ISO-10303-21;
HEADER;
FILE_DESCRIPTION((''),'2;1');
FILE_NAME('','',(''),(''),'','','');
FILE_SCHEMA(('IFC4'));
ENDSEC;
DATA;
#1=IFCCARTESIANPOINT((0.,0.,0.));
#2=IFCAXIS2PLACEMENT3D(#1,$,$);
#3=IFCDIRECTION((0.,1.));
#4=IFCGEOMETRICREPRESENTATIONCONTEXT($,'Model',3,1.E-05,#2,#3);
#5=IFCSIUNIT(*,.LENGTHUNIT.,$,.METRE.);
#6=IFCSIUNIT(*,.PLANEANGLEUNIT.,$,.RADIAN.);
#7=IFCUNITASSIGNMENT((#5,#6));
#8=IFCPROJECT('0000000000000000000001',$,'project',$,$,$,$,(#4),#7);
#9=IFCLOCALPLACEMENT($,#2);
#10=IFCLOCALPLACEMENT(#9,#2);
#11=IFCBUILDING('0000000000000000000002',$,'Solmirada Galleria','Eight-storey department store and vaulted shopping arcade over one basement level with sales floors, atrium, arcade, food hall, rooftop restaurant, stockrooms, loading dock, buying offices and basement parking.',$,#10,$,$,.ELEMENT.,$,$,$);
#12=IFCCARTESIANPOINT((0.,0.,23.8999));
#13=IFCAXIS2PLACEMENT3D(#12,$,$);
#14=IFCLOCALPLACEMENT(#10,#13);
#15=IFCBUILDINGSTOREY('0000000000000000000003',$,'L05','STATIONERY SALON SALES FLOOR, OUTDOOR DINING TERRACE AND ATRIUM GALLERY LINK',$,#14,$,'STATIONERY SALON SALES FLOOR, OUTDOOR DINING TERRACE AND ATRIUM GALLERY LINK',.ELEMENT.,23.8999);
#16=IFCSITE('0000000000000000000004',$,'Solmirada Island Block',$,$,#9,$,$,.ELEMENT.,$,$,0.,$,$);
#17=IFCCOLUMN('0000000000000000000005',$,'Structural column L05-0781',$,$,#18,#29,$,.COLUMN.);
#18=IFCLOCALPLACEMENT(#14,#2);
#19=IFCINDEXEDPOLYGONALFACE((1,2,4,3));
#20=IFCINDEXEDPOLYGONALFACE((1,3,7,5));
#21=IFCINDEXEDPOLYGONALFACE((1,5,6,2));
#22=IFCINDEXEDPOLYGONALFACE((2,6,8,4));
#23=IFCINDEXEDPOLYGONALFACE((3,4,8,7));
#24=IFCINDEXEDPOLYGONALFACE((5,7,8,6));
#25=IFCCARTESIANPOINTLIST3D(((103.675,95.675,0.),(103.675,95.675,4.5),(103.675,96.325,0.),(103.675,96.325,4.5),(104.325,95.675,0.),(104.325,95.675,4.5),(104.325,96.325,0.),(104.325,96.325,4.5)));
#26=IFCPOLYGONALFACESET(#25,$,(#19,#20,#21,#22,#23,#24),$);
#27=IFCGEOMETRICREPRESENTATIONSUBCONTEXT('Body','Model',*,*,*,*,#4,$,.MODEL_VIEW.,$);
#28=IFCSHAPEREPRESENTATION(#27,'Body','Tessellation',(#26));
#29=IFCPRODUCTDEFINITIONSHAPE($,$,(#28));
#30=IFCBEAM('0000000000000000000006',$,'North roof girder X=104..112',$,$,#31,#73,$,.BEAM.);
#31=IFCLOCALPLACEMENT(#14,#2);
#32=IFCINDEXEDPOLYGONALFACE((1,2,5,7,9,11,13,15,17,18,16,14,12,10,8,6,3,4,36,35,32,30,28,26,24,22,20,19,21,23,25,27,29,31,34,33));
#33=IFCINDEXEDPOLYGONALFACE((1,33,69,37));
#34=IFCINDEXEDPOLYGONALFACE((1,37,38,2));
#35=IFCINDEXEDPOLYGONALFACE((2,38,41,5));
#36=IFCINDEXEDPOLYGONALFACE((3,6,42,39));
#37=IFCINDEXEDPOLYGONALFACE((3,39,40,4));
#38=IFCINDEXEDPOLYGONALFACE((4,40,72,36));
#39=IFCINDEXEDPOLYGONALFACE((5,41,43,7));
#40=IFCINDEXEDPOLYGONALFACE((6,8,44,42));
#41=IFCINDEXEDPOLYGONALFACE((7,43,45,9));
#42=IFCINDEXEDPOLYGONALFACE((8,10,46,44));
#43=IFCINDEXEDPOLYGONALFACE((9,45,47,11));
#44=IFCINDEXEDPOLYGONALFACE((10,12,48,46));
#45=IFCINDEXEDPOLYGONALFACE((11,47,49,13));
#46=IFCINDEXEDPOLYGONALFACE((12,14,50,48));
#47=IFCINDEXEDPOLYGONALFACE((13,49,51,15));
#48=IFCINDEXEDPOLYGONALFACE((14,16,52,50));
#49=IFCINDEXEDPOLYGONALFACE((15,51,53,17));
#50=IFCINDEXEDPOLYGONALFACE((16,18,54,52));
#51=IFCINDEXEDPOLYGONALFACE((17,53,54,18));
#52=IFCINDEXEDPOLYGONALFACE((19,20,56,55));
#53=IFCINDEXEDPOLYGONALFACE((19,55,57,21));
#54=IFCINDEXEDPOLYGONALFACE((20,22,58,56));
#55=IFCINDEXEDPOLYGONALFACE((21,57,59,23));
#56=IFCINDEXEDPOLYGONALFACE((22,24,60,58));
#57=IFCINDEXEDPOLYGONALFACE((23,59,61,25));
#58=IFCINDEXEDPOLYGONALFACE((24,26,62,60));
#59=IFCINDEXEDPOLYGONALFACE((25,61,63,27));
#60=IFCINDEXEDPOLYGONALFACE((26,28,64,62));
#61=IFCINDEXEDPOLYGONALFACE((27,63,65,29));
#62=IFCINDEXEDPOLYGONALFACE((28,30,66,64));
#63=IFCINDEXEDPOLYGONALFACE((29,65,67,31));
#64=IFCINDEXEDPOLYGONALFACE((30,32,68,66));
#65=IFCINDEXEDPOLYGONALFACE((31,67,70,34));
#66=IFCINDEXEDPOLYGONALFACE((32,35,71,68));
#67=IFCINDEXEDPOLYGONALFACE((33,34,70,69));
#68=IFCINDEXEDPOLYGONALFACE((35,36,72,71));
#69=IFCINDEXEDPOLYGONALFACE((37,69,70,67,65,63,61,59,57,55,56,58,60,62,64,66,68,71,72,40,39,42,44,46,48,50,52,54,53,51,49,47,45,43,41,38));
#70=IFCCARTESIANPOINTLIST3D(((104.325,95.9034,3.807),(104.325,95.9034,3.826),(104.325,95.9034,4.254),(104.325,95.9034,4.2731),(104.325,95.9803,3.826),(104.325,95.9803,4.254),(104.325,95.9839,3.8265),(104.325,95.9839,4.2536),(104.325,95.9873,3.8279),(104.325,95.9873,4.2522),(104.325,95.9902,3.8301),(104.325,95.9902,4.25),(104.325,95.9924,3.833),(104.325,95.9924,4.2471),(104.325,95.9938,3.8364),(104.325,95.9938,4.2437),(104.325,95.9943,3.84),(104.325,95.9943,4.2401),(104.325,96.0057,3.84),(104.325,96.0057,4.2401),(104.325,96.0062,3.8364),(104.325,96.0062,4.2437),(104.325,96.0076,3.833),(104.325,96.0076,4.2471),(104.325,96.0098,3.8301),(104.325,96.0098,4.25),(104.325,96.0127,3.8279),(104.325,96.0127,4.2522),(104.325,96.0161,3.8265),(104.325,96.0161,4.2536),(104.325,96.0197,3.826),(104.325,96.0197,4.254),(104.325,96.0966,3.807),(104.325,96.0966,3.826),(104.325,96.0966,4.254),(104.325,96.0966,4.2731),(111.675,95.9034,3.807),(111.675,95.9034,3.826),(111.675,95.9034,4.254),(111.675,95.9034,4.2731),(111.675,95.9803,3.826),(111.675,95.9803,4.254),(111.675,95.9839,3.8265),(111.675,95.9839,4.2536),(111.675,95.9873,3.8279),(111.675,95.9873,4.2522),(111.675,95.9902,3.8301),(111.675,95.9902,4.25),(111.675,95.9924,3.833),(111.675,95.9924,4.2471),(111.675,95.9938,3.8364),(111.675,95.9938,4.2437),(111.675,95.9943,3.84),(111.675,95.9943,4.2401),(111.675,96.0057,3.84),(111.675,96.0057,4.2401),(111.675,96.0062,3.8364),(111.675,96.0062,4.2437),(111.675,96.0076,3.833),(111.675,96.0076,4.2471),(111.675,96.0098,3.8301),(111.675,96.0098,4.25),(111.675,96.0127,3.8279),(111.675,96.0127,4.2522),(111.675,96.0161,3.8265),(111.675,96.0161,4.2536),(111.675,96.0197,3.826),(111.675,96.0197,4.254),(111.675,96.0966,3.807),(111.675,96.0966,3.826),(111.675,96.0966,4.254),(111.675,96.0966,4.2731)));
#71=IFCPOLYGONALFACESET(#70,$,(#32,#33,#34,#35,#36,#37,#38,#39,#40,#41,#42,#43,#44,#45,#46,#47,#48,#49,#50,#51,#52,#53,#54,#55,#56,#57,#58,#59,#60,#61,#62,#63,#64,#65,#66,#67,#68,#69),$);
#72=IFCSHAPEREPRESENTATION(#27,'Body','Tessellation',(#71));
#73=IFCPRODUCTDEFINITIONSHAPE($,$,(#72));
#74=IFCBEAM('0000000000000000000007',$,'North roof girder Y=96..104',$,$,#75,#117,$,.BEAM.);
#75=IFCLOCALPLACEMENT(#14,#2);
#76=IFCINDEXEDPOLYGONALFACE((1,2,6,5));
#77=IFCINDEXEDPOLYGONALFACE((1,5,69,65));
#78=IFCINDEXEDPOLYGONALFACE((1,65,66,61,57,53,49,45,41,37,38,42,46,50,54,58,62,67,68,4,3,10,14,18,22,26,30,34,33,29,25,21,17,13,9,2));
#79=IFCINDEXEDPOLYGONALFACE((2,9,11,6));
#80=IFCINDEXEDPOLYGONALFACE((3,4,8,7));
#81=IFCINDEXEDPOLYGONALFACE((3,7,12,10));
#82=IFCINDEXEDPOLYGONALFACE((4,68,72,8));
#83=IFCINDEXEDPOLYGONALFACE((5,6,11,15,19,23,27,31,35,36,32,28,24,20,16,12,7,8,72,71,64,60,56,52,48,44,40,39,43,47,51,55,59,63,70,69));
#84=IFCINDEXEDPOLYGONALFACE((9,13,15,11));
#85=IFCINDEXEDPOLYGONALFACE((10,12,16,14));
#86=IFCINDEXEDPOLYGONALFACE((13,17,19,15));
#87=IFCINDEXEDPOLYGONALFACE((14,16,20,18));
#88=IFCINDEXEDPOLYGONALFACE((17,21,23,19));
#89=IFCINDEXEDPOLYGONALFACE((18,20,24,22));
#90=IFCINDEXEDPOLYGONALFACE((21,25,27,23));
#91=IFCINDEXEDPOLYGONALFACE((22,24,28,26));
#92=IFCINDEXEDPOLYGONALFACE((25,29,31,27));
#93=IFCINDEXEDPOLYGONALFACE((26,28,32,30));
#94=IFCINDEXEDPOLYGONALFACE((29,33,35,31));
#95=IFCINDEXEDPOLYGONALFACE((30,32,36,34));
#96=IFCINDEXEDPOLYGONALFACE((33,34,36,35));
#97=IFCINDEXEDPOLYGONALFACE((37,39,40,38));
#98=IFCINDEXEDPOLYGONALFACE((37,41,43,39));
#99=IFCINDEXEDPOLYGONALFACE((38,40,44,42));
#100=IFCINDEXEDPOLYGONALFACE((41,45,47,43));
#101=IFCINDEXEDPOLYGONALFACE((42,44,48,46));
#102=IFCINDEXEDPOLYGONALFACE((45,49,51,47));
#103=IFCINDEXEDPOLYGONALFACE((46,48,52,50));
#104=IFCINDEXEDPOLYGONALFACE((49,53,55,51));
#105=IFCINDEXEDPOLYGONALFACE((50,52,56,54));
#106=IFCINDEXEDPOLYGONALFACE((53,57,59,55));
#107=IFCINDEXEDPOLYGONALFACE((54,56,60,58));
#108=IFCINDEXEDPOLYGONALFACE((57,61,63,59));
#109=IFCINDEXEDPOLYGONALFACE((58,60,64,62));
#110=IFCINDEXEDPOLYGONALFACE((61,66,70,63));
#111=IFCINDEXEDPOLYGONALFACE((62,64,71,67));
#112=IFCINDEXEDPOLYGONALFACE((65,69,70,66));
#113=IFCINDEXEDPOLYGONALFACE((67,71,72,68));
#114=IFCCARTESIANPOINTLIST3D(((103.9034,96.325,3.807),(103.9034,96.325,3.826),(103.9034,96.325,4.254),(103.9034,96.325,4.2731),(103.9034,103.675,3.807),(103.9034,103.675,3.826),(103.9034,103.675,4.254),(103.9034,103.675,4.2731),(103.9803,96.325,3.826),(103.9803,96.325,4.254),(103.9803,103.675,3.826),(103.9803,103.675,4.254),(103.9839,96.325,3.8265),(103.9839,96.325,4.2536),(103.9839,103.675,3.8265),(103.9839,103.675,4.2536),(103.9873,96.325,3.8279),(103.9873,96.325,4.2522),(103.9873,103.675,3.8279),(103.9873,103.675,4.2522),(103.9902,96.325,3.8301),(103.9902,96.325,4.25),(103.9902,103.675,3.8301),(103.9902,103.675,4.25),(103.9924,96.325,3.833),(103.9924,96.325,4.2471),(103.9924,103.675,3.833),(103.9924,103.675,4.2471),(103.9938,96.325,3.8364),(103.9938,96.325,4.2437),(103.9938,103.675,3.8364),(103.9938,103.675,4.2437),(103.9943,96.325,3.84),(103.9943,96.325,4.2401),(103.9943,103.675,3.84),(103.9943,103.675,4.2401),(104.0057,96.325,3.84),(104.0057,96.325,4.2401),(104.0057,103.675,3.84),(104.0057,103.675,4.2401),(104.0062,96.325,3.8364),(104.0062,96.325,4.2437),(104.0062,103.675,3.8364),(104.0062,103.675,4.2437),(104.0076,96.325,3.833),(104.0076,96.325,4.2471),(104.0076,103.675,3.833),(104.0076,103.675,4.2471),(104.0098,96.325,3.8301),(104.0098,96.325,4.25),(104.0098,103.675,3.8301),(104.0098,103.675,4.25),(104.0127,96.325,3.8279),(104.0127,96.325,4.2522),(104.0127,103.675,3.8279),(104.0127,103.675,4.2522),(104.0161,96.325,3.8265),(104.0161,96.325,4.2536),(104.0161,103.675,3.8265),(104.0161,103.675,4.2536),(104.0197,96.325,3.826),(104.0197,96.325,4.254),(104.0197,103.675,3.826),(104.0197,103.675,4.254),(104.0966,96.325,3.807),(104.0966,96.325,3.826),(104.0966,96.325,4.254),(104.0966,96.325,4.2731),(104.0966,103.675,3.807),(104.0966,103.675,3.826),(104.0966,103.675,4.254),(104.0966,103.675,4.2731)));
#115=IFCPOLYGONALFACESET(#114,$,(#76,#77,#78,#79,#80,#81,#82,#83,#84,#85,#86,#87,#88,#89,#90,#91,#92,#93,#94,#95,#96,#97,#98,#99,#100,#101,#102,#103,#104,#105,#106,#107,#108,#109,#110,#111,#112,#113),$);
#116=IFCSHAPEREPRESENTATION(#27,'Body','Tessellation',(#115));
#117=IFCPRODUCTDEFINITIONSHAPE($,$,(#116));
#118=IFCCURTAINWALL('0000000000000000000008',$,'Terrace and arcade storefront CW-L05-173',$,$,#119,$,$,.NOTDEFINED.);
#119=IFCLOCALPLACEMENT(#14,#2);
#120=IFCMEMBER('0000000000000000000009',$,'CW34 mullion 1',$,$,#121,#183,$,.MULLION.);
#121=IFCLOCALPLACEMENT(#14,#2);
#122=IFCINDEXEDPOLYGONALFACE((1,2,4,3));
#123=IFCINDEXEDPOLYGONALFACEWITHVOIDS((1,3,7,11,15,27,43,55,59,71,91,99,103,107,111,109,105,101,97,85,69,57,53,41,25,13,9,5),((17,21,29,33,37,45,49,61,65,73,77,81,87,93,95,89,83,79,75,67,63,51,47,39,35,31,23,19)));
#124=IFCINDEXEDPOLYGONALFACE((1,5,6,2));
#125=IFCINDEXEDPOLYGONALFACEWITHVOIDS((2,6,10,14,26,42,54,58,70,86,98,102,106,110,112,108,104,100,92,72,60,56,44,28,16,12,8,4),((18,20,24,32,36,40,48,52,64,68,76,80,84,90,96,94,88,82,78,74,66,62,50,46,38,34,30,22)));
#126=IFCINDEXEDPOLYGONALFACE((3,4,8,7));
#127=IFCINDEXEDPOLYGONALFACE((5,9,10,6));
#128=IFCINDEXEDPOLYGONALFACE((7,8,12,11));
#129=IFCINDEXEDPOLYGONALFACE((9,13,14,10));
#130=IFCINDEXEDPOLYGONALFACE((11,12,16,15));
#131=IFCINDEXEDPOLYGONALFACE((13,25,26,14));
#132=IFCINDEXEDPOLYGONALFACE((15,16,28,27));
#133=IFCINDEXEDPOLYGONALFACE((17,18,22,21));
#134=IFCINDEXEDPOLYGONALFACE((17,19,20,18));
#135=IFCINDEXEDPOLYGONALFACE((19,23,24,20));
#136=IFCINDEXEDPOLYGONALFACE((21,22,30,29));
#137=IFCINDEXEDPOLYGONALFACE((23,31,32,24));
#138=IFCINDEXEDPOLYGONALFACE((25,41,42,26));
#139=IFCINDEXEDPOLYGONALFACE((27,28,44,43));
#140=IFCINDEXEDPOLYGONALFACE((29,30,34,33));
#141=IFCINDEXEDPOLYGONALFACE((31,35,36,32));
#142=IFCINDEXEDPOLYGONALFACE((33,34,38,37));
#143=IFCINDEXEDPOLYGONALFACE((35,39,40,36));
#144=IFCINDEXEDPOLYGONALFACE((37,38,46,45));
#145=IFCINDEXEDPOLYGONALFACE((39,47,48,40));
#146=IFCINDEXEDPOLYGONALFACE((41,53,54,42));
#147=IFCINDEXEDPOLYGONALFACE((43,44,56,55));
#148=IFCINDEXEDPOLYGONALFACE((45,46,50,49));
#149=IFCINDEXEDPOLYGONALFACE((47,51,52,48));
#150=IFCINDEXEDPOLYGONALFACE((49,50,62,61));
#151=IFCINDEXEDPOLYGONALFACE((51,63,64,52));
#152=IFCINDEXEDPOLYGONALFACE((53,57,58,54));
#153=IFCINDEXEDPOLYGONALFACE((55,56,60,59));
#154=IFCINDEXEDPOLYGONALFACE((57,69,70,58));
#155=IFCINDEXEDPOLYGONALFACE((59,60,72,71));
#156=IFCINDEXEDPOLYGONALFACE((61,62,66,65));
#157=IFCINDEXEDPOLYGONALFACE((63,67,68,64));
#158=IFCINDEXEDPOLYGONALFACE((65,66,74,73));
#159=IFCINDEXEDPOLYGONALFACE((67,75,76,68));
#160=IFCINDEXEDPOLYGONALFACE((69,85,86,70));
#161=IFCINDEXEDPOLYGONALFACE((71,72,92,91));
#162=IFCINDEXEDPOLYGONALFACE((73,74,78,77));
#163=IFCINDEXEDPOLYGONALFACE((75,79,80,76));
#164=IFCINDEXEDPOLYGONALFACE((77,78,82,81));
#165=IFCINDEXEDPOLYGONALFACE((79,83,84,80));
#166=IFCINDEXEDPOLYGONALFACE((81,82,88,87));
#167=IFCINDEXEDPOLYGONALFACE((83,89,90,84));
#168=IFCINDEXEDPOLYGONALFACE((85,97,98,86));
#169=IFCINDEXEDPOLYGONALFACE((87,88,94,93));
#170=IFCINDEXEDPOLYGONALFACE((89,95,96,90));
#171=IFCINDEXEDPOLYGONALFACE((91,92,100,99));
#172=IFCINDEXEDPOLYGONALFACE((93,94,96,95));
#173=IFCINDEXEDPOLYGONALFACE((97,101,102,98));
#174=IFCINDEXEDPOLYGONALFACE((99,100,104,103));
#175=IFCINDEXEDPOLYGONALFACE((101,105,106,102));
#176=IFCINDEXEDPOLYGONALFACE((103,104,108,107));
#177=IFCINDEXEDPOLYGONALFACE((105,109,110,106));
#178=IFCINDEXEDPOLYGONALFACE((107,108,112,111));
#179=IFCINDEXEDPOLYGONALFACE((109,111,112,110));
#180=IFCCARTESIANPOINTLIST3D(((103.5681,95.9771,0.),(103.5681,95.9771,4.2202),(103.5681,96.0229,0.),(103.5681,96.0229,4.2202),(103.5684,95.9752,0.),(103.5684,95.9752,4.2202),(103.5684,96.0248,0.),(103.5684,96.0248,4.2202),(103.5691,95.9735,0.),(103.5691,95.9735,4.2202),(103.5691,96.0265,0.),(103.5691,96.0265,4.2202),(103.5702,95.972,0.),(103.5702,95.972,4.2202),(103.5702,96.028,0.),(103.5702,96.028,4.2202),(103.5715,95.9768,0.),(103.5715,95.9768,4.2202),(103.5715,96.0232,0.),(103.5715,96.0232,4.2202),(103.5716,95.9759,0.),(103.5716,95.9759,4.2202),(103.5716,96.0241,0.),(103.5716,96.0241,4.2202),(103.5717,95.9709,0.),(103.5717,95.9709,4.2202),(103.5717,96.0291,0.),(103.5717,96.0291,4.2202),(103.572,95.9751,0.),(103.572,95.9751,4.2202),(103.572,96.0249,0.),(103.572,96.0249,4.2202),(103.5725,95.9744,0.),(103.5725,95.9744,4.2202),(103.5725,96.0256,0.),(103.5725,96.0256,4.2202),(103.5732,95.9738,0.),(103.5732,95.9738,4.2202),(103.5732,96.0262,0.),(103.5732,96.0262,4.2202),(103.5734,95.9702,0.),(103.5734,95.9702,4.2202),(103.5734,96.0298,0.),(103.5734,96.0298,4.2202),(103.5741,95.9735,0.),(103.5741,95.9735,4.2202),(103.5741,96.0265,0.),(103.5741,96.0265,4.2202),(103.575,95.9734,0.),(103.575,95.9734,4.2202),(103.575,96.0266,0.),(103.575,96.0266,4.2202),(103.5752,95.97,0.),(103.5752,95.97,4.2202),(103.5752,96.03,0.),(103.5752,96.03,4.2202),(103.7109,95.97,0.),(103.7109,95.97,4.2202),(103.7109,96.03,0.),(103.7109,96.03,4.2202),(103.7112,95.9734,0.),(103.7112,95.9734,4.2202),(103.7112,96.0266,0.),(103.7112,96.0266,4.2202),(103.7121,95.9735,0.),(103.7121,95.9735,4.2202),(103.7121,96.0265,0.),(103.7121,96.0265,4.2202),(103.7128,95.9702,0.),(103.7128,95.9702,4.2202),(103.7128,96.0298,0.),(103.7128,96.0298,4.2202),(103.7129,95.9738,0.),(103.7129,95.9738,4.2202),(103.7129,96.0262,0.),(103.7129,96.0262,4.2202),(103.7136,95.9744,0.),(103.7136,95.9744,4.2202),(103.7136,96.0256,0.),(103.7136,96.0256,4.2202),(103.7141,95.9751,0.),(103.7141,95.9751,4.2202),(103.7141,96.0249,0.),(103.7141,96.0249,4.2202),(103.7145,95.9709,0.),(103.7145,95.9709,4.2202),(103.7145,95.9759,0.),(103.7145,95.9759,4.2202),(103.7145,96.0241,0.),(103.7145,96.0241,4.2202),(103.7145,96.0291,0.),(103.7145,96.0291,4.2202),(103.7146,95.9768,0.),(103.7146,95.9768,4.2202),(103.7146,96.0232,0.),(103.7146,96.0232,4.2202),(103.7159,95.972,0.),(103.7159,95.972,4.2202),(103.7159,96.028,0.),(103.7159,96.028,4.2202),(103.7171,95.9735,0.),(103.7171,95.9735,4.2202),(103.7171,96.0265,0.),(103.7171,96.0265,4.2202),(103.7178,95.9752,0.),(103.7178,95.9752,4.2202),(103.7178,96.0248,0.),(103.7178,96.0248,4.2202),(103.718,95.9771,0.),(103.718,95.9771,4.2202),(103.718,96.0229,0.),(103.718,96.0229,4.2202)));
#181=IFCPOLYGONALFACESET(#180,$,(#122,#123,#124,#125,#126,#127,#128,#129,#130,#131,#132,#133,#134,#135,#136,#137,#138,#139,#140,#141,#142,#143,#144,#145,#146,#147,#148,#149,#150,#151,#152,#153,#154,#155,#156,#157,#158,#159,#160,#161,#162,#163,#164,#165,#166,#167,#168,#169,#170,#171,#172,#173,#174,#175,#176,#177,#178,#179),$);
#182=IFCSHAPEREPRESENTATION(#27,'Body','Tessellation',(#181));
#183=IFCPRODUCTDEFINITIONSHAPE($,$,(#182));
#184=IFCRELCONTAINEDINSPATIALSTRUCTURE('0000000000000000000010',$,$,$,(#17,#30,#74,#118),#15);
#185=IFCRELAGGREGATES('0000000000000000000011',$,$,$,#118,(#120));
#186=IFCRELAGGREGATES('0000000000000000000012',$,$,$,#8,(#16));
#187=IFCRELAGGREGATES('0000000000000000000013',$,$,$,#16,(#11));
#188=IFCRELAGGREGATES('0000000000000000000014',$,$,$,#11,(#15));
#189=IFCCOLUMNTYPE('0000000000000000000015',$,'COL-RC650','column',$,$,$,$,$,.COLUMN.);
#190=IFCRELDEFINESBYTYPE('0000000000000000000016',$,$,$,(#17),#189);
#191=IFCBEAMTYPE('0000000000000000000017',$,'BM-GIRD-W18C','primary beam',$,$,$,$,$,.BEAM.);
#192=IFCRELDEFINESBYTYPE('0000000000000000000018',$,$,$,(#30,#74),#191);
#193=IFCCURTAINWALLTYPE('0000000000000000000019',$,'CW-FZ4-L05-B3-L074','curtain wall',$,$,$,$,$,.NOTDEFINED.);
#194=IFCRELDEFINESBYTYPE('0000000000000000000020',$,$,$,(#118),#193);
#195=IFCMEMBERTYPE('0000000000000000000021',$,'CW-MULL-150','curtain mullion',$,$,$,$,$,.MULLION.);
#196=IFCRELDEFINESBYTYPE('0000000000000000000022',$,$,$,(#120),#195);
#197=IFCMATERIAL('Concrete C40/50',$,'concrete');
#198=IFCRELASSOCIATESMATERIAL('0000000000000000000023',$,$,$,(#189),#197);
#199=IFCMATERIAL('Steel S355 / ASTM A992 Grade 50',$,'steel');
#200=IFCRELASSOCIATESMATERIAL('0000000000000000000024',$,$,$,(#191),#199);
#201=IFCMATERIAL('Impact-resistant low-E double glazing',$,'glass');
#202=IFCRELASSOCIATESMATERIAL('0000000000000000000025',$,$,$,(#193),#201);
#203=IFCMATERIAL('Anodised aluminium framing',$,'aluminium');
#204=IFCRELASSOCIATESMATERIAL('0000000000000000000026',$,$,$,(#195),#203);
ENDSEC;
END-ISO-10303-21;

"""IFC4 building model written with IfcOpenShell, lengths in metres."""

from ifc_helpers import new_model, si_unit, direction, frame, origin, origin_2d, place, context, subcontext, project, spatial, rectangle, hollow_rectangle, i_section, extrude, material, material_profile, profile_set, type_object, element, aggregate, save


model = new_model("IFC4")

# Units and contexts
model_context = context("Model", 3, precision=1e-05, world=origin(), true_north=direction((0.0, 1.0)))
body_context = subcontext(model_context, "Body", "Model", "MODEL_VIEW")
ifc_project = project(units=[si_unit("LENGTHUNIT", "METRE"), si_unit("PLANEANGLEUNIT", "RADIAN")], contexts=[model_context])

# Site, building, storey
site_placement = place(None, origin())
site = spatial("IfcSite", under=ifc_project, at=site_placement, Name="Solmirada Island Block", CompositionType="ELEMENT", RefElevation=0.0)
building_placement = place(site_placement, origin())
building = spatial("IfcBuilding", under=site, at=building_placement, Name="Solmirada Galleria", Description="Eight-storey department store and vaulted shopping arcade over one basement level with sales floors, atrium, arcade, food hall, rooftop restaurant, stockrooms, loading dock, buying offices and basement parking.", CompositionType="ELEMENT")
storey_placement = place(building_placement, frame((0.0, 0.0, 23.8999)))
storey = spatial("IfcBuildingStorey", under=building, at=storey_placement, Name="L05", Description="STATIONERY SALON SALES FLOOR, OUTDOOR DINING TERRACE AND ATRIUM GALLERY LINK", LongName="STATIONERY SALON SALES FLOOR, OUTDOOR DINING TERRACE AND ATRIUM GALLERY LINK", CompositionType="ELEMENT", Elevation=23.8999)

# Column
ifc_material_1 = material(Name="Concrete C40/50", Category="concrete")
ifc_material_profile_1 = material_profile(ifc_material_1, rectangle(XDim=0.6499, YDim=0.6499, at=origin_2d()), Name="RC650X650")
ifc_profile_set_1 = profile_set([ifc_material_profile_1], Name="Concrete C40/50")
column_type = type_object("IfcColumnType", Name="COL-RC650", Description="column", PredefinedType="COLUMN", material=ifc_profile_set_1)
column_placement = place(storey_placement, frame((104.0, 96.0, 0.0), z_axis=(0.0, 0.0, 1.0), x_axis=(1.0, 0.0, 0.0)))
element("IfcColumn", 1, at=column_placement, inside=storey, type_object=column_type, Name="Structural column L05-0781", PredefinedType="COLUMN", context=body_context, shape_type="SweptSolid", body=[
    extrude(rectangle(XDim=0.6499, YDim=0.6499, at=origin_2d()), origin(), (0.0, 0.0, 1.0), 4.5),
])

# Beams
ifc_material_2 = material(Name="Steel S355 / ASTM A992 Grade 50", Category="steel")
ifc_material_profile_2 = material_profile(ifc_material_2, i_section(OverallWidth=0.1931, OverallDepth=0.4661, WebThickness=0.0115, FlangeThickness=0.019, FilletRadius=0.0139, at=origin_2d()), Name="W18X65")
ifc_profile_set_2 = profile_set([ifc_material_profile_2], Name="Steel S355 / ASTM A992 Grade 50")
beam_type = type_object("IfcBeamType", Name="BM-GIRD-W18C", Description="primary beam", PredefinedType="BEAM", material=ifc_profile_set_2)
for number, where, z_axis, x_axis, name in (
    (2, (104.325, 96.0, 4.04), (1.0, 0.0, 0.0), (0.0, 1.0, 0.0), "North roof girder X=104..112"),
    (3, (104.0, 96.325, 4.04), (0.0, 1.0, 0.0), (-1.0, 0.0, 0.0), "North roof girder Y=96..104"),
):
    element("IfcBeam", number, at=place(storey_placement, frame(where, z_axis=z_axis, x_axis=x_axis)), inside=storey, type_object=beam_type, Name=name, PredefinedType="BEAM", context=body_context, shape_type="SweptSolid", body=[
        extrude(i_section(OverallWidth=0.1931, OverallDepth=0.4661, WebThickness=0.0115, FlangeThickness=0.019, FilletRadius=0.0139, at=origin_2d()), origin(), (0.0, 0.0, 1.0), 7.3501),
    ])

# Curtain wall, member
ifc_material_3 = material(Name="Impact-resistant low-E double glazing", Category="glass")
curtain_wall_type_1 = type_object("IfcCurtainWallType", Name="CW-FZ4-L05-B3-L074", Description="curtain wall", PredefinedType="NOTDEFINED", material=ifc_material_3)
curtain_wall_1_placement = place(storey_placement, origin())
curtain_wall_1 = element("IfcCurtainWall", 4, at=curtain_wall_1_placement, inside=storey, type_object=curtain_wall_type_1, Name="Terrace and arcade storefront CW-L05-173", PredefinedType="NOTDEFINED")
ifc_material_4 = material(Name="Anodised aluminium framing", Category="aluminium")
ifc_material_profile_3 = material_profile(ifc_material_4, hollow_rectangle(XDim=0.0601, YDim=0.1499, WallThickness=0.0034, InnerFilletRadius=0.0034, OuterFilletRadius=0.0071, at=origin_2d()), Name="ALU-MULL-150X60")
ifc_profile_set_3 = profile_set([ifc_material_profile_3], Name="Anodised aluminium framing")
member_type_1 = type_object("IfcMemberType", Name="CW-MULL-150", Description="curtain mullion", PredefinedType="MULLION", material=ifc_profile_set_3)
member_1_placement = place(storey_placement, frame((103.6431, 96.0, 0.0), z_axis=(0.0, 0.0, 1.0), x_axis=(0.0, -1.0, 0.0)))
member_1 = element("IfcMember", 5, at=member_1_placement, type_object=member_type_1, Name="CW34 mullion 1", PredefinedType="MULLION", context=body_context, shape_type="SweptSolid", body=[
    extrude(hollow_rectangle(XDim=0.0601, YDim=0.1499, WallThickness=0.0034, InnerFilletRadius=0.0034, OuterFilletRadius=0.0071, at=origin_2d()), origin(), (0.0, 0.0, 1.0), 4.2202),
])

aggregate(curtain_wall_1, [member_1])

save(model, "model.ifc")
